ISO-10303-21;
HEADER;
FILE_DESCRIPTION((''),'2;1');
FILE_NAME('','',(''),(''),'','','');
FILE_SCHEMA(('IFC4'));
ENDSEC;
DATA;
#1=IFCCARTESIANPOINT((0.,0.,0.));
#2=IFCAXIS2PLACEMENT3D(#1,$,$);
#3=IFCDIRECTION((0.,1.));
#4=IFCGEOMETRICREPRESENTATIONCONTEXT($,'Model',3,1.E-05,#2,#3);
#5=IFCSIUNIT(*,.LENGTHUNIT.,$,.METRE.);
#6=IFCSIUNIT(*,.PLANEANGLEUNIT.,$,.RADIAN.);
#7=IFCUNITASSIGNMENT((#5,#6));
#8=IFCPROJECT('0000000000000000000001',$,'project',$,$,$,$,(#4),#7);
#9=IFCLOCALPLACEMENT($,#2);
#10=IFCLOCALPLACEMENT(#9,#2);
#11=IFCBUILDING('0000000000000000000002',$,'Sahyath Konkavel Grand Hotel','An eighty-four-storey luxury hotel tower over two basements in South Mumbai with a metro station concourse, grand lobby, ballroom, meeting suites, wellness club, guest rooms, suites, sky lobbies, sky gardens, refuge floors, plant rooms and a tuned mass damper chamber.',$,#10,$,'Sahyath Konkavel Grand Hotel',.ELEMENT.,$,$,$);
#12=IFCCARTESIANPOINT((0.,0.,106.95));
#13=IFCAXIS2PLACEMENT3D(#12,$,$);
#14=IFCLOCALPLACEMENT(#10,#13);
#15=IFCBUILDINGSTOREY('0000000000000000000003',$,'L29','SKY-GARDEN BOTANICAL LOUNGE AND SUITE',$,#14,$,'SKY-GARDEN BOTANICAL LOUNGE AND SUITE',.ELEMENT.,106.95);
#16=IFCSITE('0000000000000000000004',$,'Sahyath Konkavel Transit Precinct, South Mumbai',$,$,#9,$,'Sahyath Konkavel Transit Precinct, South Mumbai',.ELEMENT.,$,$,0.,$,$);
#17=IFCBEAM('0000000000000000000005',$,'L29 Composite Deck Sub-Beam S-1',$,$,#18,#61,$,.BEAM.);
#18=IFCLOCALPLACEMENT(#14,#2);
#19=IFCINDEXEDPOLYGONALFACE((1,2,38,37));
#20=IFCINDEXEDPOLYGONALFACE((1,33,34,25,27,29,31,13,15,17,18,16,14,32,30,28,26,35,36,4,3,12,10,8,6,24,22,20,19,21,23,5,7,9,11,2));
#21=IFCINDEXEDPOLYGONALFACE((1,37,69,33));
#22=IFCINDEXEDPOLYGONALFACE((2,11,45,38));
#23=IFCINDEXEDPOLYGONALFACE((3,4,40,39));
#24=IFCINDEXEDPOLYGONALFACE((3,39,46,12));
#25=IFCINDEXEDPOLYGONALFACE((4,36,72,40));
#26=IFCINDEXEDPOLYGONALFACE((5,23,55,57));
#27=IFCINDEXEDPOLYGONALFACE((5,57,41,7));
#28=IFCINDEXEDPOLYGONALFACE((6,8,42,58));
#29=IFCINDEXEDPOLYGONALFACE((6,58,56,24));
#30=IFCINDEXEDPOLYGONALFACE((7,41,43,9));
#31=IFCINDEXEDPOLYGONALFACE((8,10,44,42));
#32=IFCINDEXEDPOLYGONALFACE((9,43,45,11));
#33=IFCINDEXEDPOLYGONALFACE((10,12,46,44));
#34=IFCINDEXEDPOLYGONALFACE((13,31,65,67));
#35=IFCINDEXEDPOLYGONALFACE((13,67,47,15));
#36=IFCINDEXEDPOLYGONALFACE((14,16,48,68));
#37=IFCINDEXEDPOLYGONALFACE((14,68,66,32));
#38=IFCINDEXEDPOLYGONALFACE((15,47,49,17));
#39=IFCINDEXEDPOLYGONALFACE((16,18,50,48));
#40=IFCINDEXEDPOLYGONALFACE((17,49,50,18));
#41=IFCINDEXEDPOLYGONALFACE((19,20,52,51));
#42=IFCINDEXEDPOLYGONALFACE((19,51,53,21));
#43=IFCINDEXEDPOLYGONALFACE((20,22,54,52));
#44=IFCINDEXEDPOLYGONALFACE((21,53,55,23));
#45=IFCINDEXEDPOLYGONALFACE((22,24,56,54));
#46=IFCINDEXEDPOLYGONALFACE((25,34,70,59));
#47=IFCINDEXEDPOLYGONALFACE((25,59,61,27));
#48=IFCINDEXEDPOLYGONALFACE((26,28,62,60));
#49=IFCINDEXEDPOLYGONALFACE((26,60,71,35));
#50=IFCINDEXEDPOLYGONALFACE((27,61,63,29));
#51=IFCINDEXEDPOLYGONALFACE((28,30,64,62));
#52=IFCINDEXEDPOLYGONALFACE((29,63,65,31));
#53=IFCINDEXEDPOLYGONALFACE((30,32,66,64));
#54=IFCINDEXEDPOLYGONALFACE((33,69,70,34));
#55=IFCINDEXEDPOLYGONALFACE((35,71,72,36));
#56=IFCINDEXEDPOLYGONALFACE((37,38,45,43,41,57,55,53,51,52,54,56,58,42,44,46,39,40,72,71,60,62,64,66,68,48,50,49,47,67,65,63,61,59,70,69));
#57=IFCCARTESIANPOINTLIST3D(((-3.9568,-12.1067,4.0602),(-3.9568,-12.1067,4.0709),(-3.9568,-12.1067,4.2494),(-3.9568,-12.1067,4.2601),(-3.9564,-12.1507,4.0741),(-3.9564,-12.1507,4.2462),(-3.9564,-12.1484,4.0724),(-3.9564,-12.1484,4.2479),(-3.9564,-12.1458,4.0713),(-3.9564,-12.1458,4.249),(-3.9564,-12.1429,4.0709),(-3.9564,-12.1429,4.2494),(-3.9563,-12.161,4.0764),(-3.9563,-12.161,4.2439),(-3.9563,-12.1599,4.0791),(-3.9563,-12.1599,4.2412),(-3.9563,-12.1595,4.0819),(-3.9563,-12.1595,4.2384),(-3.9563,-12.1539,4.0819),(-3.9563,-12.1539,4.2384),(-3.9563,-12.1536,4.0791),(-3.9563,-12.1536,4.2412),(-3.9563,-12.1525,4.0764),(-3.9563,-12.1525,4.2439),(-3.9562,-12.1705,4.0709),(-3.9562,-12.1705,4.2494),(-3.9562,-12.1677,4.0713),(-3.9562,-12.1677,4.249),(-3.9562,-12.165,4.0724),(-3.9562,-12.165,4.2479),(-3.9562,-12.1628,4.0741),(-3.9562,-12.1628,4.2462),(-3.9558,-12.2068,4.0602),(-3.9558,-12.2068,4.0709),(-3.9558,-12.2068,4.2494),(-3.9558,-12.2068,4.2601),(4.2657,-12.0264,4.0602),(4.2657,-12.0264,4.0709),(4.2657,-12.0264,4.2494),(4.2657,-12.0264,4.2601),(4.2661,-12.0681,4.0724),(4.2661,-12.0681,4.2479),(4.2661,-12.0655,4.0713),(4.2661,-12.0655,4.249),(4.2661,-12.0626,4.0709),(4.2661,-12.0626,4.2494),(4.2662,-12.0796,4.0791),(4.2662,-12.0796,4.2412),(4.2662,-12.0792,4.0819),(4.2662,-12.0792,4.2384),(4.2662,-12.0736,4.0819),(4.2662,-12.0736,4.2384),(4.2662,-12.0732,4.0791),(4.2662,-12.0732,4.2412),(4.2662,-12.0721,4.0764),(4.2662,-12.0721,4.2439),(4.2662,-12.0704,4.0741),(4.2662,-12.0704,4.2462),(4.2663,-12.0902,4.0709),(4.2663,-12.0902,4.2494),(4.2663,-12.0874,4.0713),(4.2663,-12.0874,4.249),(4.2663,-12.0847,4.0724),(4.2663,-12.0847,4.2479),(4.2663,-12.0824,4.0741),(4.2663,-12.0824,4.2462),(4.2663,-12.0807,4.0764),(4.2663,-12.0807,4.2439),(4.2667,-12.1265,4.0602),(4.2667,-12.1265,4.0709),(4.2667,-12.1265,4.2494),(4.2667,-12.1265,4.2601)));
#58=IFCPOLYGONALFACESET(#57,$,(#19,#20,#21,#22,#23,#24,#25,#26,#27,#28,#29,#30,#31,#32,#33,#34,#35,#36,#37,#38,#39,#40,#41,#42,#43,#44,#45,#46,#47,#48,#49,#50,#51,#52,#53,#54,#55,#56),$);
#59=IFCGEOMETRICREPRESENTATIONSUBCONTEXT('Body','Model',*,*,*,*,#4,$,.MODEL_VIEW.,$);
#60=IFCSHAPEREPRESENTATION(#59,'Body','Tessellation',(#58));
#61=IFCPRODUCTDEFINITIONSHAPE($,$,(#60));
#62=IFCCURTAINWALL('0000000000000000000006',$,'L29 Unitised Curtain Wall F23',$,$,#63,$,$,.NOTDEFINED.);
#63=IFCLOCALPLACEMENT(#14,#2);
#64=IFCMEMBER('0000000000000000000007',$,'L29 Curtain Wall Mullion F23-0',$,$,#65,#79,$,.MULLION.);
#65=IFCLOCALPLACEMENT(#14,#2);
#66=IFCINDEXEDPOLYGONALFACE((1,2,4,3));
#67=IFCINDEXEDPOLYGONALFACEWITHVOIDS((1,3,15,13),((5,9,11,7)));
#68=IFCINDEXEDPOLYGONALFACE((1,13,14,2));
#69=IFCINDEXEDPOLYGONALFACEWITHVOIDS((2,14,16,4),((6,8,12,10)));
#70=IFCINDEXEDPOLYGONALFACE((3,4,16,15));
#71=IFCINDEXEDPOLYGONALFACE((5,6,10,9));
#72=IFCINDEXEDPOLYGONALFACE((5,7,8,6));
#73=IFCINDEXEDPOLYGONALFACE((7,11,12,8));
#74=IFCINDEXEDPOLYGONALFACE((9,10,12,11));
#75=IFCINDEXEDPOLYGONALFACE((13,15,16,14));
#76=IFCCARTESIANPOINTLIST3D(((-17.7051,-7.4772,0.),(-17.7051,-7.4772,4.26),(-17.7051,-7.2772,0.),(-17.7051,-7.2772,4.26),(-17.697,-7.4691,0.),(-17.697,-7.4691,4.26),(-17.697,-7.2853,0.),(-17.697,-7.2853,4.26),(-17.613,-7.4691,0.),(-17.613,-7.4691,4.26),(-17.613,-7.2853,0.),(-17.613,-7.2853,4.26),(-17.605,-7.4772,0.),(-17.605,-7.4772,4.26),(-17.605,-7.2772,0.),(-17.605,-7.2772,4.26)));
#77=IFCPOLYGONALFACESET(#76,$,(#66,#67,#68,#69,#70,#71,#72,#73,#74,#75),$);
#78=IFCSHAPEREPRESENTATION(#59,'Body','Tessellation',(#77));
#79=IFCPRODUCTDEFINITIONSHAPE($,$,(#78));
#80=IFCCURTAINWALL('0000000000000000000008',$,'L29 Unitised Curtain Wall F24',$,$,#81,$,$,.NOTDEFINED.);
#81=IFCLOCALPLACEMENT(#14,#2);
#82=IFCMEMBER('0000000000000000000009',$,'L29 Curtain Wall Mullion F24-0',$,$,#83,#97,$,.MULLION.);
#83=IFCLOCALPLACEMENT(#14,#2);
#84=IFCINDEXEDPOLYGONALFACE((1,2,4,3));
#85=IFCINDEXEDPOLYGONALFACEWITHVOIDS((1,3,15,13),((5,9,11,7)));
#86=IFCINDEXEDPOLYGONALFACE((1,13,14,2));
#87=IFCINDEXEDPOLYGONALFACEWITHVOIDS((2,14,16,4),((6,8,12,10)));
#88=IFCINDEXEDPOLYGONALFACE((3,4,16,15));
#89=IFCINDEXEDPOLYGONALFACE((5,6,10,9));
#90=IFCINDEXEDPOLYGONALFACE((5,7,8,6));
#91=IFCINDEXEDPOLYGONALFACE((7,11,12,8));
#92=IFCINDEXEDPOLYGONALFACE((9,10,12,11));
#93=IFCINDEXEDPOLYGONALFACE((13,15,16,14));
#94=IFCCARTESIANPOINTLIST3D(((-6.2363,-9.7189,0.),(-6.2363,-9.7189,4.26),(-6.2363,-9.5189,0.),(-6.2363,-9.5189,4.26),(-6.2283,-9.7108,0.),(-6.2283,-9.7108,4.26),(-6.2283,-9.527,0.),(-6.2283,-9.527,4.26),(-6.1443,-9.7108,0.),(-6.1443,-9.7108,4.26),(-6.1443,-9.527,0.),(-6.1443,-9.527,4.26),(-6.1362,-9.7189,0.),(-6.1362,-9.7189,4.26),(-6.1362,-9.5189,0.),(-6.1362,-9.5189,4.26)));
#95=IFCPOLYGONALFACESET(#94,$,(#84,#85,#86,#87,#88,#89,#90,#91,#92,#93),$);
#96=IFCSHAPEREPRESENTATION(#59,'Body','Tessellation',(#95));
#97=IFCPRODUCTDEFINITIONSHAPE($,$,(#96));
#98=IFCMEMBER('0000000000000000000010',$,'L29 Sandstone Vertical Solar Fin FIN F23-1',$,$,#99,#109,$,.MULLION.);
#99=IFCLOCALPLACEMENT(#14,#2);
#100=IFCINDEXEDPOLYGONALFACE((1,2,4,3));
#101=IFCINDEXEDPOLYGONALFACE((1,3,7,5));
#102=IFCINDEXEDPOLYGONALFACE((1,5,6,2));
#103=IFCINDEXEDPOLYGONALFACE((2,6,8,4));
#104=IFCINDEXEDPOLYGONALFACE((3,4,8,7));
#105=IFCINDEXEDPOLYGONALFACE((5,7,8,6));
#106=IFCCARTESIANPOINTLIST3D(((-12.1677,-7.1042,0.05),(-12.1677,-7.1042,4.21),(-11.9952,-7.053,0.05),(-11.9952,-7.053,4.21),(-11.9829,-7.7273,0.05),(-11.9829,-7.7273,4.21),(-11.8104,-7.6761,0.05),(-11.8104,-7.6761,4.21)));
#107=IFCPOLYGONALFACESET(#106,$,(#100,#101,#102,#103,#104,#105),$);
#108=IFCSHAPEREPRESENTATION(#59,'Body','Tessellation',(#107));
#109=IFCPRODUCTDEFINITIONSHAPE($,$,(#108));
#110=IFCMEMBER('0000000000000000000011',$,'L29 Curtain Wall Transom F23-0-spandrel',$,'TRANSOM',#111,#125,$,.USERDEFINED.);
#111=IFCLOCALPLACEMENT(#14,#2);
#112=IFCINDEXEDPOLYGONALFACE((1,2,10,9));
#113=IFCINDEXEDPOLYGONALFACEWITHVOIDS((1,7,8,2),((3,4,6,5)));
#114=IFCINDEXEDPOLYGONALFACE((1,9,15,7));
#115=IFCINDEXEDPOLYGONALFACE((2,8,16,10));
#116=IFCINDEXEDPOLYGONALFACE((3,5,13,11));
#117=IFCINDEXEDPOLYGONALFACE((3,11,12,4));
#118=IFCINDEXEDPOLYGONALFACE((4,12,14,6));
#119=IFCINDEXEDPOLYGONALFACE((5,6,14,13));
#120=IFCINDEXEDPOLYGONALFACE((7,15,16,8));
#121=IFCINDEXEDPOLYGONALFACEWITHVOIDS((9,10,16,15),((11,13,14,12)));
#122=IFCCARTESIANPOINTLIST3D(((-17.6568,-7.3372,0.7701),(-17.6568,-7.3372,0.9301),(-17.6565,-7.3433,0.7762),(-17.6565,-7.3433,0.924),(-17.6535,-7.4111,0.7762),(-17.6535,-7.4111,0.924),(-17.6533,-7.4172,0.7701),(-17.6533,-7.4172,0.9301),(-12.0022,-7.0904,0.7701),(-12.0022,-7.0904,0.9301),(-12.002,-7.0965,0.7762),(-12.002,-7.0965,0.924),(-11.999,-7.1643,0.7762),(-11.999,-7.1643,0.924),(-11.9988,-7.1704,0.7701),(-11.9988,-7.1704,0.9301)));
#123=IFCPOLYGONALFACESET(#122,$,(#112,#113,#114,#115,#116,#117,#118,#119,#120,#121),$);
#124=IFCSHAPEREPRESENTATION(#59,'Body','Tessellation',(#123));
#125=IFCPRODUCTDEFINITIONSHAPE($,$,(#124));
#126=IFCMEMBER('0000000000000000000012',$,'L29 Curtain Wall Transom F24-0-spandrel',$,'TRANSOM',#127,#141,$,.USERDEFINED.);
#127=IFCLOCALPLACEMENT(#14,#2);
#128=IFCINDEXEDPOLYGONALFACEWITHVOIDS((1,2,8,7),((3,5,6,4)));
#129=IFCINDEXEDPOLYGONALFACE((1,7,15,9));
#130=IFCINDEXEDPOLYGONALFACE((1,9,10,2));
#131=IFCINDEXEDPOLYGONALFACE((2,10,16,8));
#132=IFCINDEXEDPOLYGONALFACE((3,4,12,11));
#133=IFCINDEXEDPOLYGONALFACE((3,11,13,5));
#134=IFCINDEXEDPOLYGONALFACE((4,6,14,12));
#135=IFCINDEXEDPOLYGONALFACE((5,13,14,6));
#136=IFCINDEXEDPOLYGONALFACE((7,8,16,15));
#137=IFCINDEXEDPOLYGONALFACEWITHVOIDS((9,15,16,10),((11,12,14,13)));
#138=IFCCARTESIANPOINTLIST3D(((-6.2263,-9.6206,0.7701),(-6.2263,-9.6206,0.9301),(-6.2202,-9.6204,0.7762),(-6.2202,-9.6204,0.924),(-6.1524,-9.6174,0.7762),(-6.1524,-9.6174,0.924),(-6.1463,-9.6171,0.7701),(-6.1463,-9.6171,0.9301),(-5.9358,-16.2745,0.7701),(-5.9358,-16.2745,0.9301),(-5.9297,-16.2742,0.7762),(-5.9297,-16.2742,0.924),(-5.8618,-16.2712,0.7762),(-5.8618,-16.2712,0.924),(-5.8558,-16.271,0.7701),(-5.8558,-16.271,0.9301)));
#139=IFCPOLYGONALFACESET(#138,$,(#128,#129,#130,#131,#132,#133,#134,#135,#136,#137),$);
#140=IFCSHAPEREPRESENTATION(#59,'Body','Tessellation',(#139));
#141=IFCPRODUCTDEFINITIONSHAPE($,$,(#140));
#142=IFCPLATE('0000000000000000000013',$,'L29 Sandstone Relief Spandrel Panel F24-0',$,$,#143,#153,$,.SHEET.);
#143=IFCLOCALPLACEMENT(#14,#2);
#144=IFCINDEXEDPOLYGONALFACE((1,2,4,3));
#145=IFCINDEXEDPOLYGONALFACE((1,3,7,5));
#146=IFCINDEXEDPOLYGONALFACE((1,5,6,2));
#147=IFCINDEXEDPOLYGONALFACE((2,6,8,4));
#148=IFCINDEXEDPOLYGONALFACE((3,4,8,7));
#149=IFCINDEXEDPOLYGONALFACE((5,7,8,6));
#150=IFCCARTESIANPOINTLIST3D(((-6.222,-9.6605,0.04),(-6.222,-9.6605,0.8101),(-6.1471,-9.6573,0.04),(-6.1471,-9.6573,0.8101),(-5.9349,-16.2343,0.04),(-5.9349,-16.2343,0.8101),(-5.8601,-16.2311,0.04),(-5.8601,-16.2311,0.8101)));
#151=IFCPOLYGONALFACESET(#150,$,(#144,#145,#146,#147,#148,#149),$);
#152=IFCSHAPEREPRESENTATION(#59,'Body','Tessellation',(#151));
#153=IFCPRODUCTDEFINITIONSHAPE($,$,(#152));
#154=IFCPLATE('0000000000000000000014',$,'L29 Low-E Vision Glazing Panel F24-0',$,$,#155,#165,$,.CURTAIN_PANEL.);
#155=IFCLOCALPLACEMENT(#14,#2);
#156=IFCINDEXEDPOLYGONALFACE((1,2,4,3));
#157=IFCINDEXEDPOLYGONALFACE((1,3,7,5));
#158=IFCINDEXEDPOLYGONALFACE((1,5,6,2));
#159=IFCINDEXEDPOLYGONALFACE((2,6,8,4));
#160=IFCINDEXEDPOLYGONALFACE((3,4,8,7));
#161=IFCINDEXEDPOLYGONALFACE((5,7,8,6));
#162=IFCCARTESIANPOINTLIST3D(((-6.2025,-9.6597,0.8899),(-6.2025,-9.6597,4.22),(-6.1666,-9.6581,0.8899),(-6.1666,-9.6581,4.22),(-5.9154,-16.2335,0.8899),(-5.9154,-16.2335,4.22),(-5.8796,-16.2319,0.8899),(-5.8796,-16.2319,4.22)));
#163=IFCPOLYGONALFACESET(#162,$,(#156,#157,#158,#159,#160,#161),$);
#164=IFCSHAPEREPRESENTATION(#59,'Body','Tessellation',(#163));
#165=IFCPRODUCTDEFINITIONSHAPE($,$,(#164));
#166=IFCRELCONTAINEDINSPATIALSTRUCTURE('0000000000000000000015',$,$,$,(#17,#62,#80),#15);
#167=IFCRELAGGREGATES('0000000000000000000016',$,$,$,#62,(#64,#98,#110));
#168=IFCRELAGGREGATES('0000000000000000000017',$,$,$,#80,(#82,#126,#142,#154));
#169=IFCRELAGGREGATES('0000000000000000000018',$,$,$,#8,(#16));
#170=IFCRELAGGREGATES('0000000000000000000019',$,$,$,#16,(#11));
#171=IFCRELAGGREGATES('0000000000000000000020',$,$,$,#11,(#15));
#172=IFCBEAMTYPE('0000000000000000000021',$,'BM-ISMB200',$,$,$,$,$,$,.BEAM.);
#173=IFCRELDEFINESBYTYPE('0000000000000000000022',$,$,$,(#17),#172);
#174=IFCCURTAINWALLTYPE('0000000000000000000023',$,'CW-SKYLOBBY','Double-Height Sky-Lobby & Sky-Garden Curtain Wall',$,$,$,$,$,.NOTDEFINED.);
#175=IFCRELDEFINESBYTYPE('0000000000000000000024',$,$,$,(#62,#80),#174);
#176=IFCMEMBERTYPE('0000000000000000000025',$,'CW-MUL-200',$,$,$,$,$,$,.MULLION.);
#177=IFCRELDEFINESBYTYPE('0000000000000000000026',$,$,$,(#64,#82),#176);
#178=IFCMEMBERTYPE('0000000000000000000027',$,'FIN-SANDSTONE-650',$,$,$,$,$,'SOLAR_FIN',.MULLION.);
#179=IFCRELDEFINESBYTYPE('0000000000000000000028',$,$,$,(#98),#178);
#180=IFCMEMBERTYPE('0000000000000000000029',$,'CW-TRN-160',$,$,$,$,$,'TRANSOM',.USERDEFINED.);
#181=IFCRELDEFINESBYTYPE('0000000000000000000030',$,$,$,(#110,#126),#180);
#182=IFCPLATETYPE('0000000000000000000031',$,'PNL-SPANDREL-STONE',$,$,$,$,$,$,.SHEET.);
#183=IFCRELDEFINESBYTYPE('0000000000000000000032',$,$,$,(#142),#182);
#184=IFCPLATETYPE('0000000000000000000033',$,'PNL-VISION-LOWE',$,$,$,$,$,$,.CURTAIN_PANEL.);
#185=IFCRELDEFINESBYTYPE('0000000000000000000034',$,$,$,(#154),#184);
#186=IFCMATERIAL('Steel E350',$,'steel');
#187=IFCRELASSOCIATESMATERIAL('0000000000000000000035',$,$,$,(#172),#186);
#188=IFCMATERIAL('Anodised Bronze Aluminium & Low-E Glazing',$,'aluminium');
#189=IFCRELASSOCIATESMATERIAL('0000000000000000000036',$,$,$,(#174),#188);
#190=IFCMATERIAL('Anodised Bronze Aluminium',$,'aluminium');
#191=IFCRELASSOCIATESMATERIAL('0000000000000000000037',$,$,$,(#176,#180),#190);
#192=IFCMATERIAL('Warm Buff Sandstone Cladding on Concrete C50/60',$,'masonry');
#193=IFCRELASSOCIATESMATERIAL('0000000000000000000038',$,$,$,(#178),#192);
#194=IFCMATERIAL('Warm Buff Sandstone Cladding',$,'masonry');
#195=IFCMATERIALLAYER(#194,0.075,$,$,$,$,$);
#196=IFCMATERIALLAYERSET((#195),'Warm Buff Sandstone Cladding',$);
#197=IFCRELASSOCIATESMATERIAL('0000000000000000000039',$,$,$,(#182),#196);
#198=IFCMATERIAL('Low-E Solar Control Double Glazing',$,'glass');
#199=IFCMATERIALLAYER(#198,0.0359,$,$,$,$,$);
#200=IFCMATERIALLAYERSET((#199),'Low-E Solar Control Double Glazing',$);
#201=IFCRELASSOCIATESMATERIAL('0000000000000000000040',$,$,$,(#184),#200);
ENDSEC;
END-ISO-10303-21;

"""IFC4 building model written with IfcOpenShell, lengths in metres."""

from ifc_helpers import new_model, si_unit, direction, frame, origin, origin_2d, place, context, subcontext, project, spatial, rectangle, hollow_rectangle, i_section, extrude, source, transform, mapped, material, layer, layer_set, material_profile, profile_set, type_object, element, aggregate, save


model = new_model("IFC4")

# Units and contexts
model_context = context("Model", 3, precision=1e-05, world=origin(), true_north=direction((0.0, 1.0)))
body_context = subcontext(model_context, "Body", "Model", "MODEL_VIEW")
ifc_project = project(units=[si_unit("LENGTHUNIT", "METRE"), si_unit("PLANEANGLEUNIT", "RADIAN")], contexts=[model_context])

# Site, building, storey
site_placement = place(None, origin())
site = spatial("IfcSite", under=ifc_project, at=site_placement, Name="Sahyath Konkavel Transit Precinct, South Mumbai", LongName="Sahyath Konkavel Transit Precinct, South Mumbai", CompositionType="ELEMENT", RefElevation=0.0)
building_placement = place(site_placement, origin())
building = spatial("IfcBuilding", under=site, at=building_placement, Name="Sahyath Konkavel Grand Hotel", Description="An eighty-four-storey luxury hotel tower over two basements in South Mumbai with a metro station concourse, grand lobby, ballroom, meeting suites, wellness club, guest rooms, suites, sky lobbies, sky gardens, refuge floors, plant rooms and a tuned mass damper chamber.", LongName="Sahyath Konkavel Grand Hotel", CompositionType="ELEMENT")
storey_placement = place(building_placement, frame((0.0, 0.0, 106.95)))
storey = spatial("IfcBuildingStorey", under=building, at=storey_placement, Name="L29", Description="SKY-GARDEN BOTANICAL LOUNGE AND SUITE", LongName="SKY-GARDEN BOTANICAL LOUNGE AND SUITE", CompositionType="ELEMENT", Elevation=106.95)

# Beam
ifc_material_1 = material(Name="Steel E350", Category="steel")
ifc_material_profile_1 = material_profile(ifc_material_1, i_section(OverallWidth=0.1001, OverallDepth=0.2, WebThickness=0.0056, FlangeThickness=0.0107, FilletRadius=0.011, at=origin_2d()), Name="ISMB 200")
ifc_profile_set_1 = profile_set([ifc_material_profile_1], Name="Steel E350")
beam_type_1 = type_object("IfcBeamType", Name="BM-ISMB200", PredefinedType="BEAM", material=ifc_profile_set_1)
shared_shape_1 = source(origin(), body_context, "Body", "SweptSolid", [
    extrude(i_section(OverallWidth=0.1001, OverallDepth=0.2, WebThickness=0.0056, FlangeThickness=0.0107, FilletRadius=0.011, at=origin_2d()), origin(), (0.0, 0.0, 1.0), 8.2229),
])
beam_1_placement = place(storey_placement, frame((-3.9563, -12.1567, 4.1602), z_axis=(0.999952, 0.009768, 0.0), x_axis=(-0.009768, 0.999952, 0.0)))
element("IfcBeam", 1, at=beam_1_placement, inside=storey, type_object=beam_type_1, Name="L29 Composite Deck Sub-Beam S-1", PredefinedType="BEAM", context=body_context, shape_type="MappedRepresentation", body=[
    mapped(shared_shape_1, transform((0.0, 0.0, 0.0), scale=1.0)),
])

# Curtain walls, members
ifc_material_2 = material(Name="Anodised Bronze Aluminium & Low-E Glazing", Category="aluminium")
curtain_wall_type = type_object("IfcCurtainWallType", Name="CW-SKYLOBBY", Description="Double-Height Sky-Lobby & Sky-Garden Curtain Wall", PredefinedType="NOTDEFINED", material=ifc_material_2)
curtain_wall_1_placement = place(storey_placement, origin())
curtain_wall_1 = element("IfcCurtainWall", 2, at=curtain_wall_1_placement, inside=storey, type_object=curtain_wall_type, Name="L29 Unitised Curtain Wall F23", PredefinedType="NOTDEFINED")
ifc_material_3 = material(Name="Anodised Bronze Aluminium", Category="aluminium")
ifc_material_profile_2 = material_profile(ifc_material_3, hollow_rectangle(XDim=0.1001, YDim=0.2, WallThickness=0.0081, at=origin_2d()), Name="RHS 200x100x8")
ifc_profile_set_2 = profile_set([ifc_material_profile_2], Name="Anodised Bronze Aluminium")
member_type_1 = type_object("IfcMemberType", Name="CW-MUL-200", PredefinedType="MULLION", material=ifc_profile_set_2)
shared_shape_2 = source(origin(), body_context, "Body", "SweptSolid", [
    extrude(hollow_rectangle(XDim=0.1001, YDim=0.2, WallThickness=0.0081, at=origin_2d()), origin(), (0.0, 0.0, 1.0), 4.26),
])
member_1_placement = place(storey_placement, frame((-17.655, -7.3772, 0.0), z_axis=(0.0, 0.0, 1.0), x_axis=(1.0, 0.0, 0.0)))
member_1 = element("IfcMember", 3, at=member_1_placement, type_object=member_type_1, Name="L29 Curtain Wall Mullion F23-0", PredefinedType="MULLION", context=body_context, shape_type="MappedRepresentation", body=[
    mapped(shared_shape_2, transform((0.0, 0.0, 0.0), scale=1.0)),
])
curtain_wall_2_placement = place(storey_placement, origin())
curtain_wall_2 = element("IfcCurtainWall", 4, at=curtain_wall_2_placement, inside=storey, type_object=curtain_wall_type, Name="L29 Unitised Curtain Wall F24", PredefinedType="NOTDEFINED")
member_2_placement = place(storey_placement, frame((-6.1863, -9.6189, 0.0), z_axis=(0.0, 0.0, 1.0), x_axis=(1.0, 0.0, 0.0)))
member_2 = element("IfcMember", 5, at=member_2_placement, type_object=member_type_1, Name="L29 Curtain Wall Mullion F24-0", PredefinedType="MULLION", context=body_context, shape_type="MappedRepresentation", body=[
    mapped(shared_shape_2, transform((0.0, 0.0, 0.0), scale=1.0)),
])

# Members
ifc_material_4 = material(Name="Warm Buff Sandstone Cladding on Concrete C50/60", Category="masonry")
ifc_material_profile_3 = material_profile(ifc_material_4, rectangle(XDim=0.1799, YDim=0.6499, at=origin_2d()), Name="FIN 180x650")
ifc_profile_set_3 = profile_set([ifc_material_profile_3], Name="Warm Buff Sandstone Cladding on Concrete C50/60")
member_type_2 = type_object("IfcMemberType", Name="FIN-SANDSTONE-650", ElementType="SOLAR_FIN", PredefinedType="MULLION", material=ifc_profile_set_3)
shared_shape_3 = source(origin(), body_context, "Body", "SweptSolid", [
    extrude(rectangle(XDim=0.1799, YDim=0.6499, at=origin_2d()), origin(), (0.0, 0.0, 1.0), 4.1599),
])
member_3_placement = place(storey_placement, frame((-11.989, -7.3901, 0.05), z_axis=(0.0, 0.0, 1.0), x_axis=(0.958721, 0.28435, 0.0)))
member_3 = element("IfcMember", 6, at=member_3_placement, type_object=member_type_2, Name="L29 Sandstone Vertical Solar Fin FIN F23-1", PredefinedType="MULLION", context=body_context, shape_type="MappedRepresentation", body=[
    mapped(shared_shape_3, transform((0.0, 0.0, 0.0), scale=1.0)),
])
ifc_material_profile_4 = material_profile(ifc_material_3, hollow_rectangle(XDim=0.0801, YDim=0.1599, WallThickness=0.0061, at=origin_2d()), Name="RHS 160x80x6")
ifc_profile_set_4 = profile_set([ifc_material_profile_4], Name="Anodised Bronze Aluminium")
member_type_3 = type_object("IfcMemberType", Name="CW-TRN-160", ElementType="TRANSOM", PredefinedType="USERDEFINED", material=ifc_profile_set_4)
shared_shape_4 = source(origin(), body_context, "Body", "SweptSolid", [
    extrude(hollow_rectangle(XDim=0.0801, YDim=0.1599, WallThickness=0.0061, at=origin_2d()), origin(), (0.0, 0.0, 1.0), 5.6599),
])
member_4_placement = place(storey_placement, frame((-17.655, -7.3772, 0.8501), z_axis=(0.999049, 0.043609, 0.0), x_axis=(-0.043609, 0.999049, 0.0)))
member_4 = element("IfcMember", 7, at=member_4_placement, type_object=member_type_3, Name="L29 Curtain Wall Transom F23-0-spandrel", ObjectType="TRANSOM", PredefinedType="USERDEFINED", context=body_context, shape_type="MappedRepresentation", body=[
    mapped(shared_shape_4, transform((0.0, 0.0, 0.0), scale=1.0)),
])
aggregate(curtain_wall_1, [member_1, member_3, member_4])
shared_shape_5 = source(origin(), body_context, "Body", "SweptSolid", [
    extrude(hollow_rectangle(XDim=0.0801, YDim=0.1599, WallThickness=0.0061, at=origin_2d()), origin(), (0.0, 0.0, 1.0), 6.6602),
])
member_5_placement = place(storey_placement, frame((-6.1863, -9.6189, 0.8501), z_axis=(0.043622, -0.999048, 0.0), x_axis=(0.999048, 0.043622, 0.0)))
member_5 = element("IfcMember", 8, at=member_5_placement, type_object=member_type_3, Name="L29 Curtain Wall Transom F24-0-spandrel", ObjectType="TRANSOM", PredefinedType="USERDEFINED", context=body_context, shape_type="MappedRepresentation", body=[
    mapped(shared_shape_5, transform((0.0, 0.0, 0.0), scale=1.0)),
])

# Plates
ifc_material_5 = material(Name="Warm Buff Sandstone Cladding", Category="masonry")
ifc_layer_1 = layer(ifc_material_5, 0.075)
ifc_layer_set_1 = layer_set([ifc_layer_1], Name="Warm Buff Sandstone Cladding")
plate_type_1 = type_object("IfcPlateType", Name="PNL-SPANDREL-STONE", PredefinedType="SHEET", material=ifc_layer_set_1)
shared_shape_6 = source(origin(), body_context, "Body", "SweptSolid", [
    extrude(rectangle(XDim=6.5801, YDim=0.075, at=origin_2d()), origin(), (0.0, 0.0, 1.0), 0.77),
])
plate_1_placement = place(storey_placement, frame((-6.041, -12.9458, 0.04), z_axis=(0.0, 0.0, 1.0), x_axis=(0.043619, -0.999048, 0.0)))
plate_1 = element("IfcPlate", 9, at=plate_1_placement, type_object=plate_type_1, Name="L29 Sandstone Relief Spandrel Panel F24-0", PredefinedType="SHEET", context=body_context, shape_type="MappedRepresentation", body=[
    mapped(shared_shape_6, transform((0.0, 0.0, 0.0), scale=1.0)),
])
ifc_material_6 = material(Name="Low-E Solar Control Double Glazing", Category="glass")
ifc_layer_2 = layer(ifc_material_6, 0.0359)
ifc_layer_set_2 = layer_set([ifc_layer_2], Name="Low-E Solar Control Double Glazing")
plate_type_2 = type_object("IfcPlateType", Name="PNL-VISION-LOWE", PredefinedType="CURTAIN_PANEL", material=ifc_layer_set_2)
shared_shape_7 = source(origin(), body_context, "Body", "SweptSolid", [
    extrude(rectangle(XDim=6.5801, YDim=0.0359, at=origin_2d()), origin(), (0.0, 0.0, 1.0), 3.3301),
])
plate_2_placement = place(storey_placement, frame((-6.041, -12.9458, 0.8899), z_axis=(0.0, 0.0, 1.0), x_axis=(0.043619, -0.999048, 0.0)))
plate_2 = element("IfcPlate", 10, at=plate_2_placement, type_object=plate_type_2, Name="L29 Low-E Vision Glazing Panel F24-0", PredefinedType="CURTAIN_PANEL", context=body_context, shape_type="MappedRepresentation", body=[
    mapped(shared_shape_7, transform((0.0, 0.0, 0.0), scale=1.0)),
])
aggregate(curtain_wall_2, [member_2, member_5, plate_1, plate_2])

save(model, "model.ifc")
